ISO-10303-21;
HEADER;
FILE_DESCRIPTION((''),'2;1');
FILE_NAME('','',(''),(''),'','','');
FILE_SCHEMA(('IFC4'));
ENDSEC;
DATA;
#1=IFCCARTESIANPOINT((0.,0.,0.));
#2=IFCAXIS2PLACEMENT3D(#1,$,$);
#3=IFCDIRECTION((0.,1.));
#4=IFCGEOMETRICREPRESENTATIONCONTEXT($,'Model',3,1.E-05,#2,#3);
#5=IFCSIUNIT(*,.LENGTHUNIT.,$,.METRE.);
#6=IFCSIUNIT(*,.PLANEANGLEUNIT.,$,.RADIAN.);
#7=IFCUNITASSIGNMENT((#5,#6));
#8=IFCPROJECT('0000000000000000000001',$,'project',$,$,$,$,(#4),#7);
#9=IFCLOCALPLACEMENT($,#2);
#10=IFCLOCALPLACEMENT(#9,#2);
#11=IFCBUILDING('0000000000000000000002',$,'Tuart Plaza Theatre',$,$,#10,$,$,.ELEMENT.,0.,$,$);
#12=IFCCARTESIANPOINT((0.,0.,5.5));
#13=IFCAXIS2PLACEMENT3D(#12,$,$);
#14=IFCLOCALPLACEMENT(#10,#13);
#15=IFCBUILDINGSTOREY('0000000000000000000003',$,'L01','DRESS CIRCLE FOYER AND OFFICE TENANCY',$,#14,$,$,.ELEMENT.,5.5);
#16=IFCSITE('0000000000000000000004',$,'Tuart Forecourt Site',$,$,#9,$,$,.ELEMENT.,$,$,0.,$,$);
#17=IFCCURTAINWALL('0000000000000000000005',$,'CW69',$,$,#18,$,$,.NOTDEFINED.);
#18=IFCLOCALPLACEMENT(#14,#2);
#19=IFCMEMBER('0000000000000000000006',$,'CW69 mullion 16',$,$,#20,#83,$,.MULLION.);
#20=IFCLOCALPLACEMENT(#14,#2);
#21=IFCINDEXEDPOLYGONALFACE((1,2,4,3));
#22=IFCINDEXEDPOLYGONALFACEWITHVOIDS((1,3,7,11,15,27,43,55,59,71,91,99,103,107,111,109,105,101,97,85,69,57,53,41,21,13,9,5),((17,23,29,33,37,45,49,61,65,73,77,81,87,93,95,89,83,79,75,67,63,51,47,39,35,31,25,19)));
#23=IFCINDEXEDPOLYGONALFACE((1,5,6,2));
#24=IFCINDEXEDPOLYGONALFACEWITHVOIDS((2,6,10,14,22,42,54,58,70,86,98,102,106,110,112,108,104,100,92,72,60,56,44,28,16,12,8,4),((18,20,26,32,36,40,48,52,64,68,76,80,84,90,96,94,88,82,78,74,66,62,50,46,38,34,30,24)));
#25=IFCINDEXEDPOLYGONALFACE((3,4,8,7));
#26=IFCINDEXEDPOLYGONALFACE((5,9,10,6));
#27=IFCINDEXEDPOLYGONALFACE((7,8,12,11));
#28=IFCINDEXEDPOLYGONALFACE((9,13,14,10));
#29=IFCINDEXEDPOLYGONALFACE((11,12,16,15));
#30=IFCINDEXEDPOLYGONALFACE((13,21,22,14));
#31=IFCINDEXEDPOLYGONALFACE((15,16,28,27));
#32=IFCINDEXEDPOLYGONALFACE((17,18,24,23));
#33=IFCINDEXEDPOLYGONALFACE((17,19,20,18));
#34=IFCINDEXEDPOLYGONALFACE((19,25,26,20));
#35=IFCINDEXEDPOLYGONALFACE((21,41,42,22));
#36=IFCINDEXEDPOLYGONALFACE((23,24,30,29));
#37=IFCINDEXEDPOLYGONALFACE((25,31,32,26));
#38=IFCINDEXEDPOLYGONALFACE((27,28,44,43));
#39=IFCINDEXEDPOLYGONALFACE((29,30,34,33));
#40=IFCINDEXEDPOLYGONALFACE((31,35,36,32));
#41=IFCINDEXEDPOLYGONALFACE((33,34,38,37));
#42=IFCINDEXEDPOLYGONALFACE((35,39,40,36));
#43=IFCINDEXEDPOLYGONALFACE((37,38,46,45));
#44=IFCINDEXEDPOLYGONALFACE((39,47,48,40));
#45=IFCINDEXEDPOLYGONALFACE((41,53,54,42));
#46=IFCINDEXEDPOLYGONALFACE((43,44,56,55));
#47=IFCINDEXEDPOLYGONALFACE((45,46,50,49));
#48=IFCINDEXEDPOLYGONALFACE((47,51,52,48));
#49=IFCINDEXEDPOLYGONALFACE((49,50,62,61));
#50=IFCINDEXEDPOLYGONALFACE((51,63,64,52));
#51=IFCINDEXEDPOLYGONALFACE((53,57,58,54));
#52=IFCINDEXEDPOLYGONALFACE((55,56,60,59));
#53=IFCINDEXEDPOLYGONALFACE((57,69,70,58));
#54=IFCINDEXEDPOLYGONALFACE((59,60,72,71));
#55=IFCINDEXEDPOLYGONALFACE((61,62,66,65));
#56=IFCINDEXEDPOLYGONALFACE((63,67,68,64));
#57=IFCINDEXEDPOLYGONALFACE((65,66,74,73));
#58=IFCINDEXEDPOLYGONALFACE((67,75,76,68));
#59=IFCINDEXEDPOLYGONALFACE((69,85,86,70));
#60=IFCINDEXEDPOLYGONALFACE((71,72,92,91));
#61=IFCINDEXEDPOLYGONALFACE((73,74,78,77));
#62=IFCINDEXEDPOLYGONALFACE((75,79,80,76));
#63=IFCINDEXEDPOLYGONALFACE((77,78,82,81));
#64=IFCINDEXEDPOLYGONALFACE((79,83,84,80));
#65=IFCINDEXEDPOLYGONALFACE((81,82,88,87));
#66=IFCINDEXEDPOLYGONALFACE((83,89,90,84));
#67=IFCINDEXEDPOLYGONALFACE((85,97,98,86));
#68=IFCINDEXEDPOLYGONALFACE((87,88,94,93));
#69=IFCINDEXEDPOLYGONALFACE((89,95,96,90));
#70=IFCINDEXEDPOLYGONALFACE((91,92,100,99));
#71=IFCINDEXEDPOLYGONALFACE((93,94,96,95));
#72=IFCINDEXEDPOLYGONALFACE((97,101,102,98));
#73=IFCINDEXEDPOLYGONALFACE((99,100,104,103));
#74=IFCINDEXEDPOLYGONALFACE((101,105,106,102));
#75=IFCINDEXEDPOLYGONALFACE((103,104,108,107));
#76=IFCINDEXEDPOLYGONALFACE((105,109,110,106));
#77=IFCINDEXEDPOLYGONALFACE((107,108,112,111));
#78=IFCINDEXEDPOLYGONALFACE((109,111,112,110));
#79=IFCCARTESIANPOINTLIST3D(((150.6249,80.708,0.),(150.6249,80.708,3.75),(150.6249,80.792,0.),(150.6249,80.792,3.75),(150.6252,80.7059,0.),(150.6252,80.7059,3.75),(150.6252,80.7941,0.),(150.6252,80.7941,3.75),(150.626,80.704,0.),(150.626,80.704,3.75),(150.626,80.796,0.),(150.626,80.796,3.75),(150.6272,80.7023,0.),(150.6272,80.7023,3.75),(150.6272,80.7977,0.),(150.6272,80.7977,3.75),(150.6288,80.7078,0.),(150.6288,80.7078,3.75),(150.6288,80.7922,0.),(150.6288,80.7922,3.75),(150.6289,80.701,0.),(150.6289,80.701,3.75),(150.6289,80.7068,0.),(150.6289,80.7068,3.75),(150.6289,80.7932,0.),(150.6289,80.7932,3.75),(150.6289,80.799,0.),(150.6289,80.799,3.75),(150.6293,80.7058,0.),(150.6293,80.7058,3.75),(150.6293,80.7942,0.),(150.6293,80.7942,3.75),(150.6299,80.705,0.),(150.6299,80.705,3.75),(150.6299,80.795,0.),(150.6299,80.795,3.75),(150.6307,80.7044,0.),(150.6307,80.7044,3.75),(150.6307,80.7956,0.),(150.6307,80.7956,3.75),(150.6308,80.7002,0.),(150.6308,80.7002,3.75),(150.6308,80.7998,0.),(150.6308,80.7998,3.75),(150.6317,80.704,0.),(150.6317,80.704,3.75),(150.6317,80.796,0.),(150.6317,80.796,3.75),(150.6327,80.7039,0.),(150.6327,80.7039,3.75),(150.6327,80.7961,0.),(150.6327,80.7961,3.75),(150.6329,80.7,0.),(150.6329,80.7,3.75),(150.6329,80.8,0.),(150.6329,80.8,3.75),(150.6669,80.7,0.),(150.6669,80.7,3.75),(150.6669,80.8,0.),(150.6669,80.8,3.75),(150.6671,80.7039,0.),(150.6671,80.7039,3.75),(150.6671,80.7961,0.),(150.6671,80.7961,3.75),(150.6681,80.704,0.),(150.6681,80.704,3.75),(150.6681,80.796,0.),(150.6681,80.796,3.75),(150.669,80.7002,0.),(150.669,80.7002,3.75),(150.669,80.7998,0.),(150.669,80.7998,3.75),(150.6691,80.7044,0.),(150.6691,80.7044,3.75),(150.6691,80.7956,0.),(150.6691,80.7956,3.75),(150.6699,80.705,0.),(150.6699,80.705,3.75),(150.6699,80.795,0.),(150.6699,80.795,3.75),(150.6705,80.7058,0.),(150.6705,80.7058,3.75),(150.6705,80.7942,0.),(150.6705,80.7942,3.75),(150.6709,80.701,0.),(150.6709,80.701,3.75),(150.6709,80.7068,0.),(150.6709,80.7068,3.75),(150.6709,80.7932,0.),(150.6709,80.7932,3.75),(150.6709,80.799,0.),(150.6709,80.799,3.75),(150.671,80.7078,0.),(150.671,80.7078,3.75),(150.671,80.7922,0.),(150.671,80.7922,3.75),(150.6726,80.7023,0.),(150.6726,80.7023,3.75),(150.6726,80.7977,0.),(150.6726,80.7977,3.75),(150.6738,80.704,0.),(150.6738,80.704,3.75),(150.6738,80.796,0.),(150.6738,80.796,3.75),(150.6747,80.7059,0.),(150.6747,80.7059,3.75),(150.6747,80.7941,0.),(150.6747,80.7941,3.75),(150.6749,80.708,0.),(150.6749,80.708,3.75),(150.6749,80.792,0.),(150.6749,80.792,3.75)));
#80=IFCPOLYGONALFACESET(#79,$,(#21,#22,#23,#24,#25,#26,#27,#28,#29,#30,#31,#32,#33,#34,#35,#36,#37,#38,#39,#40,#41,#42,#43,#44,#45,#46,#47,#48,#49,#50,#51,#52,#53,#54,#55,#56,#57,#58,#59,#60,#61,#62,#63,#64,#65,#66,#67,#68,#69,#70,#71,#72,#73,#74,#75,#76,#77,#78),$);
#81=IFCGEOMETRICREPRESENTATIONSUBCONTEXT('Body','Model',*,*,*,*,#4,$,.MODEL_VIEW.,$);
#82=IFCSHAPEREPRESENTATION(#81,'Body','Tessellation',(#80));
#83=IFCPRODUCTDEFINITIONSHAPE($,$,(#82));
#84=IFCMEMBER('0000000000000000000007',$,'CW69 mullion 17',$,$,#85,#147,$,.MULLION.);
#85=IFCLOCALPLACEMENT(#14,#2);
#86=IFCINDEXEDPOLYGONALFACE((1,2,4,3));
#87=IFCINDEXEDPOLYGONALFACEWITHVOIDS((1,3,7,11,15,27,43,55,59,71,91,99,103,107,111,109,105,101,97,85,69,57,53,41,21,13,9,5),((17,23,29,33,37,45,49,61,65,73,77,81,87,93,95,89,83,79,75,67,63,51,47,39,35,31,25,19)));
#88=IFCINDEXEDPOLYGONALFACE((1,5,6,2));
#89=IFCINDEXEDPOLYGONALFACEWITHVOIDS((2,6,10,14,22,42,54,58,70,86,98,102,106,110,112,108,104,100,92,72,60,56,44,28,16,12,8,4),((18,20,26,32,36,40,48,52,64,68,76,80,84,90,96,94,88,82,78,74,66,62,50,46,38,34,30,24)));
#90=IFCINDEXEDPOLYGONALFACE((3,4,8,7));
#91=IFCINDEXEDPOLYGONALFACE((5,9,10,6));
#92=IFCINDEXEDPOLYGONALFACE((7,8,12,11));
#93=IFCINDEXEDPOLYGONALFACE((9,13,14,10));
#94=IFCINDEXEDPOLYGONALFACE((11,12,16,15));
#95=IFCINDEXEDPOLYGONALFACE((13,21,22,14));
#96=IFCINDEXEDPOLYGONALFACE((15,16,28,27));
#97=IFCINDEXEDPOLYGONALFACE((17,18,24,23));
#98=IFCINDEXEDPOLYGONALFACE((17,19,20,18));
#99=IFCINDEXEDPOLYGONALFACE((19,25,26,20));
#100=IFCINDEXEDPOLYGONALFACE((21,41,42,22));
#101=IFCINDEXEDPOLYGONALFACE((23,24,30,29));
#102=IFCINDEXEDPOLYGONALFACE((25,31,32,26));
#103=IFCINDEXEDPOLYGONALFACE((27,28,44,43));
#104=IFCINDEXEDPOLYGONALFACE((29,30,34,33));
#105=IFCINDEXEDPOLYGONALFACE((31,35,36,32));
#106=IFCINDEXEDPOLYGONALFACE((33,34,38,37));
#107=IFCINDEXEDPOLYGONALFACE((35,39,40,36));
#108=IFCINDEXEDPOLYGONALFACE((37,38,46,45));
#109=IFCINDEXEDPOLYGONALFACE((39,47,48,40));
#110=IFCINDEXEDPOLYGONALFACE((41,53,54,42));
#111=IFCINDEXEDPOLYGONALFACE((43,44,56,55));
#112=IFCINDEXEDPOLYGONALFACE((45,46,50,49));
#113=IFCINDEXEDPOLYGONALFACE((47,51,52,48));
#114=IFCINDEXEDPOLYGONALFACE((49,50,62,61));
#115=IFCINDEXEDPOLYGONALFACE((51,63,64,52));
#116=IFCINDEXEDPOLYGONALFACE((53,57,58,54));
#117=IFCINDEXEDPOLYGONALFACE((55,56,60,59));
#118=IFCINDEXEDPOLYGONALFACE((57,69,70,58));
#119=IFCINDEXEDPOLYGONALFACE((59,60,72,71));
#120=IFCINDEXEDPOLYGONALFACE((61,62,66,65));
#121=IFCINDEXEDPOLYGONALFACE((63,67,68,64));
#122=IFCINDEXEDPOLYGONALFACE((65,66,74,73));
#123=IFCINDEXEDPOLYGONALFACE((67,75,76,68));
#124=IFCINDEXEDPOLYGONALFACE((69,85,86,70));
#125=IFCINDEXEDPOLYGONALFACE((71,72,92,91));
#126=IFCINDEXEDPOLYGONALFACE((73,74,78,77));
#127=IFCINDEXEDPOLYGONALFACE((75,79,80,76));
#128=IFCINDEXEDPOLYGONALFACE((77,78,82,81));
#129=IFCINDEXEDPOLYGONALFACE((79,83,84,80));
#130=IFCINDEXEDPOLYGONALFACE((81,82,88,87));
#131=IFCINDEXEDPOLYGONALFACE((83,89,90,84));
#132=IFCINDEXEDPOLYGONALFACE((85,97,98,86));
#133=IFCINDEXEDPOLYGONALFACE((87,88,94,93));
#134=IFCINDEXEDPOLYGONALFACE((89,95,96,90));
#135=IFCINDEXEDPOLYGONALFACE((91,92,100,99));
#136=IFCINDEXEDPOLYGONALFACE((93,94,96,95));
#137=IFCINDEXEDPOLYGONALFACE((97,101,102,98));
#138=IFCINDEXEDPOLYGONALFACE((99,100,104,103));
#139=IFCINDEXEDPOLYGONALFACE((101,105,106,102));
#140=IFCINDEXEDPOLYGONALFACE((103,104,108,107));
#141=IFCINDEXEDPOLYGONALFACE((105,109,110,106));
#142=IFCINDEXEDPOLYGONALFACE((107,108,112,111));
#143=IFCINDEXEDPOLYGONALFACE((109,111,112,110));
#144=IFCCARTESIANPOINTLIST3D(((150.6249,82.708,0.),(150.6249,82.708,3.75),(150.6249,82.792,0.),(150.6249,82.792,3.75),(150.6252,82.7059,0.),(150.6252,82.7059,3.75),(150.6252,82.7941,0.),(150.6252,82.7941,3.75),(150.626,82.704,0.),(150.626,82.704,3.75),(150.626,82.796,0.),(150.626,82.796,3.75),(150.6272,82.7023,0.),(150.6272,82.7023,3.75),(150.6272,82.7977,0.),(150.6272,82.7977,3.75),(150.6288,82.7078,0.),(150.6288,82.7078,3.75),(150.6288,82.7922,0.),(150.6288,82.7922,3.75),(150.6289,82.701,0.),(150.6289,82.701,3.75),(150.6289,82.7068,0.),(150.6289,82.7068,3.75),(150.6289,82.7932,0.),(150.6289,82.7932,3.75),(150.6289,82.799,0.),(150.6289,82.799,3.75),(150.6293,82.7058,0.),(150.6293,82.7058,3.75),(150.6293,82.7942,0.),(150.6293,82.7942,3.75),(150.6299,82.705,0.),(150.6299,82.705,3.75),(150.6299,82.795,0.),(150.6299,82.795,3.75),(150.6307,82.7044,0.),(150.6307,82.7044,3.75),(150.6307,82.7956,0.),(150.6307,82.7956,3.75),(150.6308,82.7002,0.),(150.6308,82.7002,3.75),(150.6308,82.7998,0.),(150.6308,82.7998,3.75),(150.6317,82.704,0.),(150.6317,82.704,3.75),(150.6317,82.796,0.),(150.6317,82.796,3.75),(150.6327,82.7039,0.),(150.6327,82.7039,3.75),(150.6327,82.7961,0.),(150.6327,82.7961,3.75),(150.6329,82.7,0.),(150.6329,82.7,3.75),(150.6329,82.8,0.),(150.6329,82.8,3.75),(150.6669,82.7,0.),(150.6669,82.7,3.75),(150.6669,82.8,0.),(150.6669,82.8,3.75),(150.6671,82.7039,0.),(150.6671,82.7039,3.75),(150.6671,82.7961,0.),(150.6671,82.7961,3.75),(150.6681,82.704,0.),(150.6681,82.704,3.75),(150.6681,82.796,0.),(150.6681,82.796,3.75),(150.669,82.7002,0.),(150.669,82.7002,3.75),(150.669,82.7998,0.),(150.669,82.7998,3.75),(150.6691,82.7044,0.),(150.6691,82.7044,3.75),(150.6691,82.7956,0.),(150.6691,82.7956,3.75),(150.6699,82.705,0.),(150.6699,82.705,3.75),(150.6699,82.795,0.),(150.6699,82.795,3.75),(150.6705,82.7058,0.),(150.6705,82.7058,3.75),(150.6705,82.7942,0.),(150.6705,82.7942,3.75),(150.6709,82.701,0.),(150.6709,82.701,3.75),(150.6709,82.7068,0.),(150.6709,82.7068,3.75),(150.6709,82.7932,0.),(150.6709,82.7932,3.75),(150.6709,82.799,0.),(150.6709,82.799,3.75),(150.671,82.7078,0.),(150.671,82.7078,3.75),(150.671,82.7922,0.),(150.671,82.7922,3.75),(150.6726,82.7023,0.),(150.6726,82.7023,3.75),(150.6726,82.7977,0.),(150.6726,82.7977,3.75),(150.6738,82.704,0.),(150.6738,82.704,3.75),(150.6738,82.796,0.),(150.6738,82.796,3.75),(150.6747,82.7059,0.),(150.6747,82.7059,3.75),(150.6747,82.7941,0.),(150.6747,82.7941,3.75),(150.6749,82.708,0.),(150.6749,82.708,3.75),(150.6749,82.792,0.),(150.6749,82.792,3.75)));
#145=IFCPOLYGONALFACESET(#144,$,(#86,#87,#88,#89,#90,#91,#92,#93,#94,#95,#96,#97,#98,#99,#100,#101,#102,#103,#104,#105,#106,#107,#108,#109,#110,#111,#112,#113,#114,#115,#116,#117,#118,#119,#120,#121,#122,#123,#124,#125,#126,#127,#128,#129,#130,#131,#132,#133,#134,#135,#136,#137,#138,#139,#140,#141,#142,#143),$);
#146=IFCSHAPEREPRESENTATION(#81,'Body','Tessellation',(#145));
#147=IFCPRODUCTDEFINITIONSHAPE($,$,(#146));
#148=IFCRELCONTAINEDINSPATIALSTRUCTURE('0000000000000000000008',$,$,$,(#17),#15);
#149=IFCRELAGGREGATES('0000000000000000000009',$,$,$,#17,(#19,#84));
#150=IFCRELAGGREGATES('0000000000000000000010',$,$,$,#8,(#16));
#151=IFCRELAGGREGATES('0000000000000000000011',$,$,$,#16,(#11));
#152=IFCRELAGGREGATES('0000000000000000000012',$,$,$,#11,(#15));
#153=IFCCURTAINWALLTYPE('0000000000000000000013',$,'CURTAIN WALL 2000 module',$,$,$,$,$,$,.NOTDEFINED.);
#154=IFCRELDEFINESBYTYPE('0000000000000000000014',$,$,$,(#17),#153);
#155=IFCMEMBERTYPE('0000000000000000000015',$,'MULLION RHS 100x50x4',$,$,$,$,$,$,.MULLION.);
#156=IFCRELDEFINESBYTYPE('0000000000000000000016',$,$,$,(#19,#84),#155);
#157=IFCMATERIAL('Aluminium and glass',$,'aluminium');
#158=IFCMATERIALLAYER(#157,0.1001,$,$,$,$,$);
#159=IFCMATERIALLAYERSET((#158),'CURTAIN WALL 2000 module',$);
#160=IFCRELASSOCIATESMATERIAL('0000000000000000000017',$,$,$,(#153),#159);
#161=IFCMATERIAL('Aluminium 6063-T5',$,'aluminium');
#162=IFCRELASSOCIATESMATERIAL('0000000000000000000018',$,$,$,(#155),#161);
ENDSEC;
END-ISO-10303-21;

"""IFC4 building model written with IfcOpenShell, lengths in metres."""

from ifc_helpers import new_model, si_unit, direction, frame, origin, origin_2d, place, context, subcontext, project, spatial, hollow_rectangle, extrude, material, layer, layer_set, material_profile, profile_set, type_object, element, aggregate, save


model = new_model("IFC4")

# Units and contexts
model_context = context("Model", 3, precision=1e-05, world=origin(), true_north=direction((0.0, 1.0)))
body_context = subcontext(model_context, "Body", "Model", "MODEL_VIEW")
ifc_project = project(units=[si_unit("LENGTHUNIT", "METRE"), si_unit("PLANEANGLEUNIT", "RADIAN")], contexts=[model_context])

# Site, building, storey
site_placement = place(None, origin())
site = spatial("IfcSite", under=ifc_project, at=site_placement, Name="Tuart Forecourt Site", CompositionType="ELEMENT", RefElevation=0.0)
building_placement = place(site_placement, origin())
building = spatial("IfcBuilding", under=site, at=building_placement, Name="Tuart Plaza Theatre", CompositionType="ELEMENT", ElevationOfRefHeight=0.0)
storey_placement = place(building_placement, frame((0.0, 0.0, 5.5)))
storey = spatial("IfcBuildingStorey", under=building, at=storey_placement, Name="L01", Description="DRESS CIRCLE FOYER AND OFFICE TENANCY", CompositionType="ELEMENT", Elevation=5.5)

# Curtain wall, members
ifc_material_1 = material(Name="Aluminium and glass", Category="aluminium")
ifc_layer_1 = layer(ifc_material_1, 0.1001)
ifc_layer_set_1 = layer_set([ifc_layer_1], Name="CURTAIN WALL 2000 module")
curtain_wall_type = type_object("IfcCurtainWallType", Name="CURTAIN WALL 2000 module", PredefinedType="NOTDEFINED", material=ifc_layer_set_1)
curtain_wall_placement = place(storey_placement, origin())
curtain_wall = element("IfcCurtainWall", 1, at=curtain_wall_placement, inside=storey, type_object=curtain_wall_type, Name="CW69", PredefinedType="NOTDEFINED")
ifc_material_2 = material(Name="Aluminium 6063-T5", Category="aluminium")
ifc_material_profile_1 = material_profile(ifc_material_2, hollow_rectangle(XDim=0.05, YDim=0.1001, WallThickness=0.0039, InnerFilletRadius=0.0039, OuterFilletRadius=0.0081, at=origin_2d()), Name="RHS 100x50x4")
ifc_profile_set_1 = profile_set([ifc_material_profile_1], Name="Aluminium 6063-T5")
member_type_1 = type_object("IfcMemberType", Name="MULLION RHS 100x50x4", PredefinedType="MULLION", material=ifc_profile_set_1)
member_1_placement = place(storey_placement, frame((150.6499, 80.75, 0.0), z_axis=(0.0, 0.0, 1.0), x_axis=(-1.0, 0.0, 0.0)))
member_1 = element("IfcMember", 2, at=member_1_placement, type_object=member_type_1, Name="CW69 mullion 16", PredefinedType="MULLION", context=body_context, shape_type="SweptSolid", body=[
    extrude(hollow_rectangle(XDim=0.05, YDim=0.1001, WallThickness=0.0039, InnerFilletRadius=0.0039, OuterFilletRadius=0.0081, at=origin_2d()), origin(), (0.0, 0.0, 1.0), 3.75),
])
member_2_placement = place(storey_placement, frame((150.6499, 82.75, 0.0), z_axis=(0.0, 0.0, 1.0), x_axis=(-1.0, 0.0, 0.0)))
member_2 = element("IfcMember", 3, at=member_2_placement, type_object=member_type_1, Name="CW69 mullion 17", PredefinedType="MULLION", context=body_context, shape_type="SweptSolid", body=[
    extrude(hollow_rectangle(XDim=0.05, YDim=0.1001, WallThickness=0.0039, InnerFilletRadius=0.0039, OuterFilletRadius=0.0081, at=origin_2d()), origin(), (0.0, 0.0, 1.0), 3.75),
])
aggregate(curtain_wall, [member_1, member_2])

save(model, "model.ifc")
